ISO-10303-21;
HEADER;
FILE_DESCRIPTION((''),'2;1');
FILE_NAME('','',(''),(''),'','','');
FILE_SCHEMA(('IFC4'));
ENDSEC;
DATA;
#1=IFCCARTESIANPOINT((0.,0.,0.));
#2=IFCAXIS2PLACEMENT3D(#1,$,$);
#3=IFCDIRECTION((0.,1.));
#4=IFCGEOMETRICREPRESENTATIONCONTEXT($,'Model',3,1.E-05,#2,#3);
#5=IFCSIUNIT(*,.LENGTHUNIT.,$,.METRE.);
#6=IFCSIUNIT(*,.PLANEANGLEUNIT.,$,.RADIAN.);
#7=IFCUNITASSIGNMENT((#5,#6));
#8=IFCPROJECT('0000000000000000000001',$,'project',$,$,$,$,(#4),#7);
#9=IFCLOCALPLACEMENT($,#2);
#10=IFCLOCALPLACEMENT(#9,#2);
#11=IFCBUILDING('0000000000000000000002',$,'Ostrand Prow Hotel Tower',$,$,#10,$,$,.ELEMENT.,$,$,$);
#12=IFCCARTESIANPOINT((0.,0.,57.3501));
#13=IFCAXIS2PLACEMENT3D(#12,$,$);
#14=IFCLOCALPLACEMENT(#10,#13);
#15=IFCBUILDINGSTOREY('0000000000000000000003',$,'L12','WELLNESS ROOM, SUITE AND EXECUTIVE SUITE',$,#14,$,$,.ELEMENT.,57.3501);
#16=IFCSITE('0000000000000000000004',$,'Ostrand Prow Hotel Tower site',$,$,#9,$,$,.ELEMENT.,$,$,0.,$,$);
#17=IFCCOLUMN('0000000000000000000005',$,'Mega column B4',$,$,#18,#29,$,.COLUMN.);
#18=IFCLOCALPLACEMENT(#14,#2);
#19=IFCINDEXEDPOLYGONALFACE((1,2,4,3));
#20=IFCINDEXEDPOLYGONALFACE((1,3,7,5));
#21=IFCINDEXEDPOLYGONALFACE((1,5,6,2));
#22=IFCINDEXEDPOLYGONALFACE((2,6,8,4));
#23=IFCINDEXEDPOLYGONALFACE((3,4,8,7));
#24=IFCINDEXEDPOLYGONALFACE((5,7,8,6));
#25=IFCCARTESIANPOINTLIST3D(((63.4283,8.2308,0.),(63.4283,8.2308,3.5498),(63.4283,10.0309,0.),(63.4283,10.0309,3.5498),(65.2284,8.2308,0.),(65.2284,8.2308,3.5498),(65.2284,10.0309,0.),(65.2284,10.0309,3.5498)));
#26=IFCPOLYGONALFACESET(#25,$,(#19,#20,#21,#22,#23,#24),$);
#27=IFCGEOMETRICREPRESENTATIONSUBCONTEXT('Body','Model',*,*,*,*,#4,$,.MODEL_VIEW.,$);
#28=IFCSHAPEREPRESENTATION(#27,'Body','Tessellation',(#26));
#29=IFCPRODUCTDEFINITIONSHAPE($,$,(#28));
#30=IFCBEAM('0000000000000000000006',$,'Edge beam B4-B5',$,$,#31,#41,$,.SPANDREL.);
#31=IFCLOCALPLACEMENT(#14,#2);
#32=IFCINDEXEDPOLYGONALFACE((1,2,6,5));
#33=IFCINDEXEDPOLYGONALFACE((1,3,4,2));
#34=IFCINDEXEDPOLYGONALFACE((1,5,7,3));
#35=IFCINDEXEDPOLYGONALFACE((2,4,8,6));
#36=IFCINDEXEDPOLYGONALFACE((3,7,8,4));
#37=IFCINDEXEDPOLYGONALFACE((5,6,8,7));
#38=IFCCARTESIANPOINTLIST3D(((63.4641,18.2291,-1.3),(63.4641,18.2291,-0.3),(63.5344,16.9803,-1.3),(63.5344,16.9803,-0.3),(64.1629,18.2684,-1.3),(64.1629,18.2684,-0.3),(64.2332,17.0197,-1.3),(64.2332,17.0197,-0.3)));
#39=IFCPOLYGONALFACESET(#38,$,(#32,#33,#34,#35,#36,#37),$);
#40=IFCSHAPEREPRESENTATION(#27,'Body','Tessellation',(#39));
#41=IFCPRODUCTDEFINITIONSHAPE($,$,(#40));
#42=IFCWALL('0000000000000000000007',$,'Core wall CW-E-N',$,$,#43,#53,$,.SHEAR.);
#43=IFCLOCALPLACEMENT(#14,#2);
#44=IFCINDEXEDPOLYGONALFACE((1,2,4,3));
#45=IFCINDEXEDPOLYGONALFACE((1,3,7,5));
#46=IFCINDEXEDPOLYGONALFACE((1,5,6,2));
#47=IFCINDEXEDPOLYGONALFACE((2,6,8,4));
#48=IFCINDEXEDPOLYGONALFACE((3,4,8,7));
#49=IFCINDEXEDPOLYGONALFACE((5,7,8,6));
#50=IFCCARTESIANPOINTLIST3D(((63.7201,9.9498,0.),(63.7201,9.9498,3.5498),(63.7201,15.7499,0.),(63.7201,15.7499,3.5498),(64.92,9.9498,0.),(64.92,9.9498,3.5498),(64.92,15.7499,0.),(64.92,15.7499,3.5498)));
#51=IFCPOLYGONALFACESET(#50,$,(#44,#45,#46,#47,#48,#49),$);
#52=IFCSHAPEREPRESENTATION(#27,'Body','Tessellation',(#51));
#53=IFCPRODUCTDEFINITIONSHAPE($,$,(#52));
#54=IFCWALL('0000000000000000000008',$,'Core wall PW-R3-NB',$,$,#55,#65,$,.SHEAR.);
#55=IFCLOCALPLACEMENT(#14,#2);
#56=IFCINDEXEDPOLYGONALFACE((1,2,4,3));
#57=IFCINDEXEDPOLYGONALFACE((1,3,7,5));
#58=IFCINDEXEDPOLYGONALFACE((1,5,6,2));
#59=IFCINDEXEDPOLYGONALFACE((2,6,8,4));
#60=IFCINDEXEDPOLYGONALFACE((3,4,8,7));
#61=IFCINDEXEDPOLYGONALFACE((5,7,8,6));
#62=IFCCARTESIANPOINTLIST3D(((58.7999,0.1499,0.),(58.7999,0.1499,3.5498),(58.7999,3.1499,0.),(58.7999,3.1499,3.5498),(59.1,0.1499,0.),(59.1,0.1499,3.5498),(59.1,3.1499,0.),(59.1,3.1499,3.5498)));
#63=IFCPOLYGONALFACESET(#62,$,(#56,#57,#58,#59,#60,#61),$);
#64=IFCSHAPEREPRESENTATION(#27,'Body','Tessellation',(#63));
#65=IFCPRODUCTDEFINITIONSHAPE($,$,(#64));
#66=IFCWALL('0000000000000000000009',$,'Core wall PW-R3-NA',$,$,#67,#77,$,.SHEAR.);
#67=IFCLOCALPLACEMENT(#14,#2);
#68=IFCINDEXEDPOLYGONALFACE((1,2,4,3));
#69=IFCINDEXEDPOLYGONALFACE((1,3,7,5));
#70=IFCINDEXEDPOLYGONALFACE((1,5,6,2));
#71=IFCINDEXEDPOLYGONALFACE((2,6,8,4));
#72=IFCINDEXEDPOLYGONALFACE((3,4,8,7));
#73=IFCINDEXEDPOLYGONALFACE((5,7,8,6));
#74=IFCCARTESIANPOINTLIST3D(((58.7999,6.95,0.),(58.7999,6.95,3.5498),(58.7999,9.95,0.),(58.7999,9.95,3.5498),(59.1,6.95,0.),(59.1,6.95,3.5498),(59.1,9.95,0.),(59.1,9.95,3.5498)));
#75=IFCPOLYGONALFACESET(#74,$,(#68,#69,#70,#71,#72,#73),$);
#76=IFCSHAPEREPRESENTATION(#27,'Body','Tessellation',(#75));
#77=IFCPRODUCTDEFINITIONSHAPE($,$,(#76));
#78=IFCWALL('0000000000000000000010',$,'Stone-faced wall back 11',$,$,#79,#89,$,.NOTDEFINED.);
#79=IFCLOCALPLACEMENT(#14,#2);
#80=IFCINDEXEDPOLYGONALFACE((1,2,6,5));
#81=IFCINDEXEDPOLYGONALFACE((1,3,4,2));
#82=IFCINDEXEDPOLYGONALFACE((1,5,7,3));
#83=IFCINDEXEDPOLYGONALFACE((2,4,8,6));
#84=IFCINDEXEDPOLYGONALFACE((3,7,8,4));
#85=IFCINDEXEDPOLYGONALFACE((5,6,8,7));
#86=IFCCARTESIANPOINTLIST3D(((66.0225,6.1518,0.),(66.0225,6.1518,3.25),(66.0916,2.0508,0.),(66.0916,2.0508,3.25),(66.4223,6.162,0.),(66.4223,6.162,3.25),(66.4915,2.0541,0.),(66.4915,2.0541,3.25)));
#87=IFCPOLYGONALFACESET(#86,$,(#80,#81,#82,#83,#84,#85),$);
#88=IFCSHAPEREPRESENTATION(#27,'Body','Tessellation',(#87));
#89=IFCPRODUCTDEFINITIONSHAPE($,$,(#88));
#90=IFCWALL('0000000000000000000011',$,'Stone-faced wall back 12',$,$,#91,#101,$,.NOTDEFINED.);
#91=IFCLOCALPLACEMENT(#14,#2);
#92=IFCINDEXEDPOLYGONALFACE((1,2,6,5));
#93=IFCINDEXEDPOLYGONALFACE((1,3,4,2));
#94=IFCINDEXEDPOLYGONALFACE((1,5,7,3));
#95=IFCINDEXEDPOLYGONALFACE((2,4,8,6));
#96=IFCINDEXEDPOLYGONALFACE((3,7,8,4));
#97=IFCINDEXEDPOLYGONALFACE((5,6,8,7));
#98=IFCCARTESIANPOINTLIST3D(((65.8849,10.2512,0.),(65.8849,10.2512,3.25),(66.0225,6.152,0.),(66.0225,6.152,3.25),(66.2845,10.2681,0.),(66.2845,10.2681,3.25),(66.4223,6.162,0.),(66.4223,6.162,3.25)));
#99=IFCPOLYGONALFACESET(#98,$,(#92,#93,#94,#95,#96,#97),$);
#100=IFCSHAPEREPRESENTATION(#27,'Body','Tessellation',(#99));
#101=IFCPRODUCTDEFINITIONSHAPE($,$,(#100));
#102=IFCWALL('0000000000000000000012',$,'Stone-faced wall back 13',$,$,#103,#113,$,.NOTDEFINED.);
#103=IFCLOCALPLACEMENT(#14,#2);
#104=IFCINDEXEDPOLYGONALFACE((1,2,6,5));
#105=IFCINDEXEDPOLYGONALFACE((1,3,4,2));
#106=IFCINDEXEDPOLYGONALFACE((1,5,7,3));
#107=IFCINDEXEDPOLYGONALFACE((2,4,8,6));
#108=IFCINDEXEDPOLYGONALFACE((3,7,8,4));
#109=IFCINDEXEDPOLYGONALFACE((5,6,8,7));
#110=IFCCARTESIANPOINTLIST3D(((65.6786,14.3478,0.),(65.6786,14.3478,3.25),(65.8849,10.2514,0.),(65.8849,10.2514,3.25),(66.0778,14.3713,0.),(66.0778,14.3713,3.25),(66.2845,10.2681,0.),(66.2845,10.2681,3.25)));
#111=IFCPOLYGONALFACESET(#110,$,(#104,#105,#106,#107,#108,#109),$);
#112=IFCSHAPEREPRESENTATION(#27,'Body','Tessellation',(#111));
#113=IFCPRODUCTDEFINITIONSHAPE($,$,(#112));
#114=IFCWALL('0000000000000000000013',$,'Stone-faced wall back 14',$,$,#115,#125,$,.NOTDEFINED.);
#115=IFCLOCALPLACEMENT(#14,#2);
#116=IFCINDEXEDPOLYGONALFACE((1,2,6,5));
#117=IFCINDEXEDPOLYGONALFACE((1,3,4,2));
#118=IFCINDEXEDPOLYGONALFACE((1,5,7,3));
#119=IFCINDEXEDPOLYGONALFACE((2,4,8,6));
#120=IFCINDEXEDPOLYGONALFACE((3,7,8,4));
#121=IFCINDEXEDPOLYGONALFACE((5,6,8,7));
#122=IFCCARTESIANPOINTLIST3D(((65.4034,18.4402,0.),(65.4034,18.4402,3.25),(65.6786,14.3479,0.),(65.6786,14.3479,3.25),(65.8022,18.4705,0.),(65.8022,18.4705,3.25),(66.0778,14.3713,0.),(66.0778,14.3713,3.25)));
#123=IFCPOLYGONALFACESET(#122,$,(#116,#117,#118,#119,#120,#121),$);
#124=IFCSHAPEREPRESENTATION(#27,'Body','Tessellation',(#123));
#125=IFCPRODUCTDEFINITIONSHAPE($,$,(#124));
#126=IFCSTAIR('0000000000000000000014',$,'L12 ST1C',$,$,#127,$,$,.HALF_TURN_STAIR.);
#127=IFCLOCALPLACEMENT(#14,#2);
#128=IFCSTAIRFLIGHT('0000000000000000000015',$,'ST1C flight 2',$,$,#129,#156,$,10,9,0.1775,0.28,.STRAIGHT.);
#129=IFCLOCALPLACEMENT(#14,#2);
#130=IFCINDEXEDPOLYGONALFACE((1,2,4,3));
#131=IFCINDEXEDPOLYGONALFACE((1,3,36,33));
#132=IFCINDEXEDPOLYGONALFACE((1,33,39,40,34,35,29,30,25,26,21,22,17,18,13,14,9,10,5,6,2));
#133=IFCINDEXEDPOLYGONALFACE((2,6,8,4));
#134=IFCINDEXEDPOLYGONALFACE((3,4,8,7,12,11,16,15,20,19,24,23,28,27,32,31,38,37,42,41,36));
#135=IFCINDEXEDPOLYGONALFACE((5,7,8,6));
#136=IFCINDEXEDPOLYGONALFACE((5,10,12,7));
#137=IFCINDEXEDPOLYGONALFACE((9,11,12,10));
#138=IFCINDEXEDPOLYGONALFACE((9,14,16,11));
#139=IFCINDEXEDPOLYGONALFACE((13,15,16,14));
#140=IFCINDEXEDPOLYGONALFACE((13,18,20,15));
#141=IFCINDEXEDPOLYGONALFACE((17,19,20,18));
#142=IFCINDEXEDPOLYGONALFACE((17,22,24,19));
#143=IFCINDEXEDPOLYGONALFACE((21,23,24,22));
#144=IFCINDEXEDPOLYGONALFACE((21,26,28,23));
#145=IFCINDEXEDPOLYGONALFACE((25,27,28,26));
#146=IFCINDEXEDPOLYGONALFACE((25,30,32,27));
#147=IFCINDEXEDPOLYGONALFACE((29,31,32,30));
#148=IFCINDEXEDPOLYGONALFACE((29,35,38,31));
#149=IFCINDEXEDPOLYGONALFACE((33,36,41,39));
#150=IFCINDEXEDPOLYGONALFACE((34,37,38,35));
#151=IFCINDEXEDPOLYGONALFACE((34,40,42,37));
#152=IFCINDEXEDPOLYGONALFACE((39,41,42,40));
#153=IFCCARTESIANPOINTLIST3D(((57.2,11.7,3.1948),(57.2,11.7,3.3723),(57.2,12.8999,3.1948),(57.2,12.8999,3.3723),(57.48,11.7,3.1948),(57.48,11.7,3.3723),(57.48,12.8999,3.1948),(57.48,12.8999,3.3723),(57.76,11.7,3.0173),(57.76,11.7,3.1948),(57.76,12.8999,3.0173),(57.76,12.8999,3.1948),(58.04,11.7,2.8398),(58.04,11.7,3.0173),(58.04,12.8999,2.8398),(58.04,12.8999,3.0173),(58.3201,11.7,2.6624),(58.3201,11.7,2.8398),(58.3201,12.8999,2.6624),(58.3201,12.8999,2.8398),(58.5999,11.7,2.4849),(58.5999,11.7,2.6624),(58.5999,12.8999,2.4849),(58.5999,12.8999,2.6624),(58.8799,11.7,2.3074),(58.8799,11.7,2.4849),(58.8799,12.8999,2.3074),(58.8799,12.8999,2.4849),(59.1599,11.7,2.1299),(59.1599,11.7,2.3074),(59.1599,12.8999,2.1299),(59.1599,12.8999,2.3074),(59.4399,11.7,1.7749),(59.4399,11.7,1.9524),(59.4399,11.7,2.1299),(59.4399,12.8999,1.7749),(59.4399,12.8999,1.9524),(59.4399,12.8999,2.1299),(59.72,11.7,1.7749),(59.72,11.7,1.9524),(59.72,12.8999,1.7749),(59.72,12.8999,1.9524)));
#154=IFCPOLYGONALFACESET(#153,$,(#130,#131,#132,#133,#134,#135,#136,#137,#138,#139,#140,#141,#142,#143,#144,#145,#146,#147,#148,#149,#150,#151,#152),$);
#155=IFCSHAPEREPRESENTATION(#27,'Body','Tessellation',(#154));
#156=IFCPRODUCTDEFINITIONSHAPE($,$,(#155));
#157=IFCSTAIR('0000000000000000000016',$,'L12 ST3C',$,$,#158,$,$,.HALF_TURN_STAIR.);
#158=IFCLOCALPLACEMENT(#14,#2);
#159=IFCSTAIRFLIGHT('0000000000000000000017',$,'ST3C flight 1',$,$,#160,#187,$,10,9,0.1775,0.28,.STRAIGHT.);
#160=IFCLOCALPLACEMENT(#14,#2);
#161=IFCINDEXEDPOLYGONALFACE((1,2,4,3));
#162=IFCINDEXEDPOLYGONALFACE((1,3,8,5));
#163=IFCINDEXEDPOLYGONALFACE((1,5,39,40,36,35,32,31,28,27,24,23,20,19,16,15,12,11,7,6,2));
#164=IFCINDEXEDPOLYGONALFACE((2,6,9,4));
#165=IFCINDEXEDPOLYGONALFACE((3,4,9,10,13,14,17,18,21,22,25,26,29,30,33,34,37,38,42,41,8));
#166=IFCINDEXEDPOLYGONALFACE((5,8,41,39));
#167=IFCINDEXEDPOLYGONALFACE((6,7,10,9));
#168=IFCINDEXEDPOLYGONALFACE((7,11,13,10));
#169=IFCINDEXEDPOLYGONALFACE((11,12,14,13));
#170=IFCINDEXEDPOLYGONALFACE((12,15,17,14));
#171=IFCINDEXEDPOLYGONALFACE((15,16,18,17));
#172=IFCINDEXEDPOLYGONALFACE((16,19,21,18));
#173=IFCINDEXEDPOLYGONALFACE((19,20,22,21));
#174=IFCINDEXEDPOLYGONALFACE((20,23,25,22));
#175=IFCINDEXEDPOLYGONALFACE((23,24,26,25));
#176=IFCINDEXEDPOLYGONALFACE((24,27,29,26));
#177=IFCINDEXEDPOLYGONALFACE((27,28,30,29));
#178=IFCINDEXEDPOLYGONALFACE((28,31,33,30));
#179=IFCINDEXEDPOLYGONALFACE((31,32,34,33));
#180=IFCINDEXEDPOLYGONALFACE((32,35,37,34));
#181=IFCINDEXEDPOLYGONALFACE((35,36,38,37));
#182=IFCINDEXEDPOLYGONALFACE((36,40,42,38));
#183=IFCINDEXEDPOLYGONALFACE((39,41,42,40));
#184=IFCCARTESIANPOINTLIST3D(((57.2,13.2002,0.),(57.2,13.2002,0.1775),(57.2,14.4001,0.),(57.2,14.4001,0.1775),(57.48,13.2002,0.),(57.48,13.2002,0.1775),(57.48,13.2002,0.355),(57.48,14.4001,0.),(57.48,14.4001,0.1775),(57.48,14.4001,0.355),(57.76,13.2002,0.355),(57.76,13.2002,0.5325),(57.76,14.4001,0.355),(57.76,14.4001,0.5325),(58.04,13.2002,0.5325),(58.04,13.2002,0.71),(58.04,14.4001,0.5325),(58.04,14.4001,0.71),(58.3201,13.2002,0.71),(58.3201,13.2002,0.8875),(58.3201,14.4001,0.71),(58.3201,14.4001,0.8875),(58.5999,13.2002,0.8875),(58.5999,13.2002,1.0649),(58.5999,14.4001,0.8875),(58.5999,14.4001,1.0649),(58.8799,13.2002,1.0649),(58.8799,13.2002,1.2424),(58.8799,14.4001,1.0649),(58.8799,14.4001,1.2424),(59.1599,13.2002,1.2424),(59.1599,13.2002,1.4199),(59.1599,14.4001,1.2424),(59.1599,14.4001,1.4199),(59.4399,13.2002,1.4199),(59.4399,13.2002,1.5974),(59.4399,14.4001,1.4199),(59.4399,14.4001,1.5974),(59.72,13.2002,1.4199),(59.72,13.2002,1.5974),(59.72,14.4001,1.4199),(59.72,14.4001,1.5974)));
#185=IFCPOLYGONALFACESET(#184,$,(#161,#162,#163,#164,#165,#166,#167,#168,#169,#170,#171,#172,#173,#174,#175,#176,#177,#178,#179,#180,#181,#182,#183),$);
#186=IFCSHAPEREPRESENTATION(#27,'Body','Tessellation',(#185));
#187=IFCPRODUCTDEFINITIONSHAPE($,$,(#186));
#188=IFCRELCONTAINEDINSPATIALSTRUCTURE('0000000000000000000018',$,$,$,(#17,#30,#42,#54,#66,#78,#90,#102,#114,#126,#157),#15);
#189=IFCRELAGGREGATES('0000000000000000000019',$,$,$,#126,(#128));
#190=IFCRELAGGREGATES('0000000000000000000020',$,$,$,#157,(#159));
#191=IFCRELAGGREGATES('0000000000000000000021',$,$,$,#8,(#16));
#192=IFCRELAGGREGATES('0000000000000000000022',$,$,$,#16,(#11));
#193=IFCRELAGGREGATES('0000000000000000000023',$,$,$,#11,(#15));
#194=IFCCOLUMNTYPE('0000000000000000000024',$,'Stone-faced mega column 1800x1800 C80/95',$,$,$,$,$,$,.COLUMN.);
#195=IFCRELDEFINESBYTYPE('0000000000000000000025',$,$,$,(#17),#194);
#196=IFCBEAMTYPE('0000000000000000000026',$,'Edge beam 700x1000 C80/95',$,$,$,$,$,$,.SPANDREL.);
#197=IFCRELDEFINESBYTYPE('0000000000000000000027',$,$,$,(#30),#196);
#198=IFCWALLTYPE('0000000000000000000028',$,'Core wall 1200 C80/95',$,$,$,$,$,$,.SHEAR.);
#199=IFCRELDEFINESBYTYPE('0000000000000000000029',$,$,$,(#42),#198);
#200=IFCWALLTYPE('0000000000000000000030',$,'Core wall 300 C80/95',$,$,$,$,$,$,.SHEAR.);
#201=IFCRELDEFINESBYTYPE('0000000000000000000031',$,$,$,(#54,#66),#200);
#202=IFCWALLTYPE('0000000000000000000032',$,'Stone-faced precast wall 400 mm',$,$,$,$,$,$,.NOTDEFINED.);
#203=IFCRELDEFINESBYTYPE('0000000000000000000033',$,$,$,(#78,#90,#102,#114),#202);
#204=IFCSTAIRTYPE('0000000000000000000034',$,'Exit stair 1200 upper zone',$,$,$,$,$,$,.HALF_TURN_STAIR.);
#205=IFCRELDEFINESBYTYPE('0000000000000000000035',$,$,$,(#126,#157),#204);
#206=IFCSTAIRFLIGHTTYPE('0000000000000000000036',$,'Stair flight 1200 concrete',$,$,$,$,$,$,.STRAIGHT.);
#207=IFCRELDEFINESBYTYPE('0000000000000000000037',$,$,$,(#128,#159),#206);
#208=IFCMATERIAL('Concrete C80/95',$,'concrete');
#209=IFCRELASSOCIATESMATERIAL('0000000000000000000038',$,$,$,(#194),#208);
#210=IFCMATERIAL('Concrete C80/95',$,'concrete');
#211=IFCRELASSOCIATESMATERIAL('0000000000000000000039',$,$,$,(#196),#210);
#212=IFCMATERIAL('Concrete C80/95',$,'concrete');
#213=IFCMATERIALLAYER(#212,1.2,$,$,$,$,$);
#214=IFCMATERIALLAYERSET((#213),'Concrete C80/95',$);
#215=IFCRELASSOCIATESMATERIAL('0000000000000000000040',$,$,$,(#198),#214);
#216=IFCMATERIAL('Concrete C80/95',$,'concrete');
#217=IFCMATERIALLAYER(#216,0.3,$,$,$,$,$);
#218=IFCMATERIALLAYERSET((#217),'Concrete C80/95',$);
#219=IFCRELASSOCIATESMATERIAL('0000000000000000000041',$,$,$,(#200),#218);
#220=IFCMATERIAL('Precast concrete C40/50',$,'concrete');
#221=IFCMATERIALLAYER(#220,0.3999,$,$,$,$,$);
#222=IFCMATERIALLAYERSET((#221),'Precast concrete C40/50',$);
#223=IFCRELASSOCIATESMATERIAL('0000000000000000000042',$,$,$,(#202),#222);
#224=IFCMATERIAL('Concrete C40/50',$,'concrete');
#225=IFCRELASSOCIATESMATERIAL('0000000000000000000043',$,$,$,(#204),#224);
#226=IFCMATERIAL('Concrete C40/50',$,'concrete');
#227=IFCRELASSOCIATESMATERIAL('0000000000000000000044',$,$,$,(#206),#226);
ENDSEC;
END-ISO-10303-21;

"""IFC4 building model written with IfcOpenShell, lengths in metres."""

from ifc_helpers import new_model, si_unit, direction, frame, frame_2d, origin, origin_2d, place, context, subcontext, project, spatial, polyline, rectangle, outline, extrude, material, layer, layer_set, material_profile, profile_set, type_object, element, aggregate, save


model = new_model("IFC4")

# Units and contexts
model_context = context("Model", 3, precision=1e-05, world=origin(), true_north=direction((0.0, 1.0)))
body_context = subcontext(model_context, "Body", "Model", "MODEL_VIEW")
ifc_project = project(units=[si_unit("LENGTHUNIT", "METRE"), si_unit("PLANEANGLEUNIT", "RADIAN")], contexts=[model_context])

# Site, building, storey
site_placement = place(None, origin())
site = spatial("IfcSite", under=ifc_project, at=site_placement, Name="Ostrand Prow Hotel Tower site", CompositionType="ELEMENT", RefElevation=0.0)
building_placement = place(site_placement, origin())
building = spatial("IfcBuilding", under=site, at=building_placement, Name="Ostrand Prow Hotel Tower", CompositionType="ELEMENT")
storey_placement = place(building_placement, frame((0.0, 0.0, 57.3501)))
storey = spatial("IfcBuildingStorey", under=building, at=storey_placement, Name="L12", Description="WELLNESS ROOM, SUITE AND EXECUTIVE SUITE", CompositionType="ELEMENT", Elevation=57.3501)

# Column
ifc_material_1 = material(Name="Concrete C80/95", Category="concrete")
ifc_material_profile_1 = material_profile(ifc_material_1, rectangle(XDim=1.8, YDim=1.8, at=origin_2d()), Name="RC 1800x1800")
ifc_profile_set_1 = profile_set([ifc_material_profile_1], Name="Concrete C80/95")
column_type = type_object("IfcColumnType", Name="Stone-faced mega column 1800x1800 C80/95", PredefinedType="COLUMN", material=ifc_profile_set_1)
column_placement = place(storey_placement, frame((64.3284, 9.1309, 0.0), z_axis=(0.0, 0.0, 1.0), x_axis=(1.0, 0.0, 0.0)))
element("IfcColumn", 1, at=column_placement, inside=storey, type_object=column_type, Name="Mega column B4", PredefinedType="COLUMN", context=body_context, shape_type="SweptSolid", body=[
    extrude(rectangle(XDim=1.8, YDim=1.8, at=origin_2d()), origin(), (0.0, 0.0, 1.0), 3.5498),
])

# Beam
ifc_material_2 = material(Name="Concrete C80/95", Category="concrete")
ifc_material_profile_2 = material_profile(ifc_material_2, rectangle(XDim=0.7, YDim=1.0, at=origin_2d()), Name="RC 700x1000")
ifc_profile_set_2 = profile_set([ifc_material_profile_2], Name="Concrete C80/95")
beam_type = type_object("IfcBeamType", Name="Edge beam 700x1000 C80/95", PredefinedType="SPANDREL", material=ifc_profile_set_2)
beam_placement = place(storey_placement, frame((63.8838, 17.0, -0.8), z_axis=(-0.056216, 0.998419, 0.0), x_axis=(-0.998419, -0.056216, 0.0)))
element("IfcBeam", 2, at=beam_placement, inside=storey, type_object=beam_type, Name="Edge beam B4-B5", PredefinedType="SPANDREL", context=body_context, shape_type="SweptSolid", body=[
    extrude(rectangle(XDim=0.7, YDim=1.0, at=origin_2d()), origin(), (0.0, 0.0, 1.0), 1.2507),
])

# Walls
ifc_material_3 = material(Name="Concrete C80/95", Category="concrete")
ifc_layer_1 = layer(ifc_material_3, 1.2)
ifc_layer_set_1 = layer_set([ifc_layer_1], Name="Concrete C80/95")
wall_type_1 = type_object("IfcWallType", Name="Core wall 1200 C80/95", PredefinedType="SHEAR", material=ifc_layer_set_1)
wall_placement = place(storey_placement, frame((64.3201, 9.95, 0.0), z_axis=(0.0, 0.0, 1.0), x_axis=(0.0, 1.0, 0.0)))
element("IfcWall", 3, at=wall_placement, inside=storey, type_object=wall_type_1, Name="Core wall CW-E-N", PredefinedType="SHEAR", context=body_context, shape_type="SweptSolid", body=[
    extrude(rectangle(XDim=5.8, YDim=1.2, at=frame_2d((2.8999, 0.0))), origin(), (0.0, 0.0, 1.0), 3.5498),
])
ifc_material_4 = material(Name="Concrete C80/95", Category="concrete")
ifc_layer_2 = layer(ifc_material_4, 0.3)
ifc_layer_set_2 = layer_set([ifc_layer_2], Name="Concrete C80/95")
wall_type_2 = type_object("IfcWallType", Name="Core wall 300 C80/95", PredefinedType="SHEAR", material=ifc_layer_set_2)
for number, where, z_axis, x_axis, name in (
    (4, (58.95, 0.1499, 0.0), (0.0, 0.0, 1.0), (0.0, 1.0, 0.0), "Core wall PW-R3-NB"),
    (5, (58.95, 6.95, 0.0), (0.0, 0.0, 1.0), (0.0, 1.0, 0.0), "Core wall PW-R3-NA"),
):
    element("IfcWall", number, at=place(storey_placement, frame(where, z_axis=z_axis, x_axis=x_axis)), inside=storey, type_object=wall_type_2, Name=name, PredefinedType="SHEAR", context=body_context, shape_type="SweptSolid", body=[
        extrude(rectangle(XDim=3.0, YDim=0.3, at=frame_2d((1.5, 0.0))), origin(), (0.0, 0.0, 1.0), 3.5498),
    ])
ifc_material_5 = material(Name="Precast concrete C40/50", Category="concrete")
ifc_layer_3 = layer(ifc_material_5, 0.3999)
ifc_layer_set_3 = layer_set([ifc_layer_3], Name="Precast concrete C40/50")
wall_type_3 = type_object("IfcWallType", Name="Stone-faced precast wall 400 mm", PredefinedType="NOTDEFINED", material=ifc_layer_set_3)
for number, where, z_axis, x_axis, name in (
    (6, (66.2915, 2.0525, 0.0), (0.0, 0.0, 1.0), (-0.016831, 0.999858, 0.0), "Stone-faced wall back 11"),
    (7, (66.2224, 6.157, 0.0), (0.0, 0.0, 1.0), (-0.033543, 0.999437, 0.0), "Stone-faced wall back 12"),
    (8, (66.0847, 10.2598, 0.0), (0.0, 0.0, 1.0), (-0.050314, 0.998733, 0.0), "Stone-faced wall back 13"),
    (9, (65.8782, 14.3596, 0.0), (0.0, 0.0, 1.0), (-0.067087, 0.997747, 0.0), "Stone-faced wall back 14"),
):
    element("IfcWall", number, at=place(storey_placement, frame(where, z_axis=z_axis, x_axis=x_axis)), inside=storey, type_object=wall_type_3, Name=name, PredefinedType="NOTDEFINED", context=body_context, shape_type="SweptSolid", body=[
        extrude(outline(polyline([(-0.0017, -0.2), (4.1067, -0.2), (4.1033, 0.2), (0.0017, 0.2), (-0.0017, -0.2)])), origin(), (0.0, 0.0, 1.0), 3.25),
    ])

# Stair, stair flight
ifc_material_6 = material(Name="Concrete C40/50", Category="concrete")
stair_type = type_object("IfcStairType", Name="Exit stair 1200 upper zone", PredefinedType="HALF_TURN_STAIR", material=ifc_material_6)
stair_1_placement = place(storey_placement, origin())
stair_1 = element("IfcStair", 10, at=stair_1_placement, inside=storey, type_object=stair_type, Name="L12 ST1C", PredefinedType="HALF_TURN_STAIR")
ifc_material_7 = material(Name="Concrete C40/50", Category="concrete")
stair_flight_type = type_object("IfcStairFlightType", Name="Stair flight 1200 concrete", PredefinedType="STRAIGHT", material=ifc_material_7)
stair_flight_1_placement = place(storey_placement, frame((59.72, 12.3, 1.7749), z_axis=(0.0, 0.0, 1.0), x_axis=(-1.0, 0.0, 0.0)))
stair_flight_1 = element("IfcStairFlight", 11, at=stair_flight_1_placement, type_object=stair_flight_type, Name="ST1C flight 2", NumberOfRisers=10, NumberOfTreads=9, PredefinedType="STRAIGHT", RiserHeight=0.1775, TreadLength=0.28, context=body_context, shape_type="SweptSolid", body=[
    extrude(outline(polyline([(0.0, 0.0), (0.0, 0.1775), (0.28, 0.1775), (0.28, 0.355), (0.5601, 0.355), (0.5601, 0.5325), (0.8401, 0.5325), (0.8401, 0.71), (1.1201, 0.71), (1.1201, 0.8875), (1.3999, 0.8875), (1.3999, 1.0649), (1.6799, 1.0649), (1.6799, 1.2424), (1.96, 1.2424), (1.96, 1.4199), (2.24, 1.4199), (2.24, 1.5974), (2.52, 1.5974), (2.52, 1.7749), (2.52, 1.4199), (0.28, 0.0), (0.0, 0.0)])), frame((0.0, 0.6001, 0.0), z_axis=(0.0, -1.0, 0.0), x_axis=(1.0, 0.0, 0.0)), (0.0, 0.0, 1.0), 1.2),
])
aggregate(stair_1, [stair_flight_1])

# Stair, stair flight
stair_2_placement = place(storey_placement, origin())
stair_2 = element("IfcStair", 12, at=stair_2_placement, inside=storey, type_object=stair_type, Name="L12 ST3C", PredefinedType="HALF_TURN_STAIR")
stair_flight_2_placement = place(storey_placement, frame((57.2, 13.8, 0.0), z_axis=(0.0, 0.0, 1.0), x_axis=(1.0, 0.0, 0.0)))
stair_flight_2 = element("IfcStairFlight", 13, at=stair_flight_2_placement, type_object=stair_flight_type, Name="ST3C flight 1", NumberOfRisers=10, NumberOfTreads=9, PredefinedType="STRAIGHT", RiserHeight=0.1775, TreadLength=0.28, context=body_context, shape_type="SweptSolid", body=[
    extrude(outline(polyline([(0.0, 0.0), (0.0, 0.1775), (0.28, 0.1775), (0.28, 0.355), (0.5601, 0.355), (0.5601, 0.5325), (0.8401, 0.5325), (0.8401, 0.71), (1.1201, 0.71), (1.1201, 0.8875), (1.3999, 0.8875), (1.3999, 1.0649), (1.6799, 1.0649), (1.6799, 1.2424), (1.96, 1.2424), (1.96, 1.4199), (2.24, 1.4199), (2.24, 1.5974), (2.52, 1.5974), (2.52, 1.7749), (2.52, 1.4199), (0.28, 0.0), (0.0, 0.0)])), frame((0.0, 0.6001, 0.0), z_axis=(0.0, -1.0, 0.0), x_axis=(1.0, 0.0, 0.0)), (0.0, 0.0, 1.0), 1.2),
])
aggregate(stair_2, [stair_flight_2])

save(model, "model.ifc")
